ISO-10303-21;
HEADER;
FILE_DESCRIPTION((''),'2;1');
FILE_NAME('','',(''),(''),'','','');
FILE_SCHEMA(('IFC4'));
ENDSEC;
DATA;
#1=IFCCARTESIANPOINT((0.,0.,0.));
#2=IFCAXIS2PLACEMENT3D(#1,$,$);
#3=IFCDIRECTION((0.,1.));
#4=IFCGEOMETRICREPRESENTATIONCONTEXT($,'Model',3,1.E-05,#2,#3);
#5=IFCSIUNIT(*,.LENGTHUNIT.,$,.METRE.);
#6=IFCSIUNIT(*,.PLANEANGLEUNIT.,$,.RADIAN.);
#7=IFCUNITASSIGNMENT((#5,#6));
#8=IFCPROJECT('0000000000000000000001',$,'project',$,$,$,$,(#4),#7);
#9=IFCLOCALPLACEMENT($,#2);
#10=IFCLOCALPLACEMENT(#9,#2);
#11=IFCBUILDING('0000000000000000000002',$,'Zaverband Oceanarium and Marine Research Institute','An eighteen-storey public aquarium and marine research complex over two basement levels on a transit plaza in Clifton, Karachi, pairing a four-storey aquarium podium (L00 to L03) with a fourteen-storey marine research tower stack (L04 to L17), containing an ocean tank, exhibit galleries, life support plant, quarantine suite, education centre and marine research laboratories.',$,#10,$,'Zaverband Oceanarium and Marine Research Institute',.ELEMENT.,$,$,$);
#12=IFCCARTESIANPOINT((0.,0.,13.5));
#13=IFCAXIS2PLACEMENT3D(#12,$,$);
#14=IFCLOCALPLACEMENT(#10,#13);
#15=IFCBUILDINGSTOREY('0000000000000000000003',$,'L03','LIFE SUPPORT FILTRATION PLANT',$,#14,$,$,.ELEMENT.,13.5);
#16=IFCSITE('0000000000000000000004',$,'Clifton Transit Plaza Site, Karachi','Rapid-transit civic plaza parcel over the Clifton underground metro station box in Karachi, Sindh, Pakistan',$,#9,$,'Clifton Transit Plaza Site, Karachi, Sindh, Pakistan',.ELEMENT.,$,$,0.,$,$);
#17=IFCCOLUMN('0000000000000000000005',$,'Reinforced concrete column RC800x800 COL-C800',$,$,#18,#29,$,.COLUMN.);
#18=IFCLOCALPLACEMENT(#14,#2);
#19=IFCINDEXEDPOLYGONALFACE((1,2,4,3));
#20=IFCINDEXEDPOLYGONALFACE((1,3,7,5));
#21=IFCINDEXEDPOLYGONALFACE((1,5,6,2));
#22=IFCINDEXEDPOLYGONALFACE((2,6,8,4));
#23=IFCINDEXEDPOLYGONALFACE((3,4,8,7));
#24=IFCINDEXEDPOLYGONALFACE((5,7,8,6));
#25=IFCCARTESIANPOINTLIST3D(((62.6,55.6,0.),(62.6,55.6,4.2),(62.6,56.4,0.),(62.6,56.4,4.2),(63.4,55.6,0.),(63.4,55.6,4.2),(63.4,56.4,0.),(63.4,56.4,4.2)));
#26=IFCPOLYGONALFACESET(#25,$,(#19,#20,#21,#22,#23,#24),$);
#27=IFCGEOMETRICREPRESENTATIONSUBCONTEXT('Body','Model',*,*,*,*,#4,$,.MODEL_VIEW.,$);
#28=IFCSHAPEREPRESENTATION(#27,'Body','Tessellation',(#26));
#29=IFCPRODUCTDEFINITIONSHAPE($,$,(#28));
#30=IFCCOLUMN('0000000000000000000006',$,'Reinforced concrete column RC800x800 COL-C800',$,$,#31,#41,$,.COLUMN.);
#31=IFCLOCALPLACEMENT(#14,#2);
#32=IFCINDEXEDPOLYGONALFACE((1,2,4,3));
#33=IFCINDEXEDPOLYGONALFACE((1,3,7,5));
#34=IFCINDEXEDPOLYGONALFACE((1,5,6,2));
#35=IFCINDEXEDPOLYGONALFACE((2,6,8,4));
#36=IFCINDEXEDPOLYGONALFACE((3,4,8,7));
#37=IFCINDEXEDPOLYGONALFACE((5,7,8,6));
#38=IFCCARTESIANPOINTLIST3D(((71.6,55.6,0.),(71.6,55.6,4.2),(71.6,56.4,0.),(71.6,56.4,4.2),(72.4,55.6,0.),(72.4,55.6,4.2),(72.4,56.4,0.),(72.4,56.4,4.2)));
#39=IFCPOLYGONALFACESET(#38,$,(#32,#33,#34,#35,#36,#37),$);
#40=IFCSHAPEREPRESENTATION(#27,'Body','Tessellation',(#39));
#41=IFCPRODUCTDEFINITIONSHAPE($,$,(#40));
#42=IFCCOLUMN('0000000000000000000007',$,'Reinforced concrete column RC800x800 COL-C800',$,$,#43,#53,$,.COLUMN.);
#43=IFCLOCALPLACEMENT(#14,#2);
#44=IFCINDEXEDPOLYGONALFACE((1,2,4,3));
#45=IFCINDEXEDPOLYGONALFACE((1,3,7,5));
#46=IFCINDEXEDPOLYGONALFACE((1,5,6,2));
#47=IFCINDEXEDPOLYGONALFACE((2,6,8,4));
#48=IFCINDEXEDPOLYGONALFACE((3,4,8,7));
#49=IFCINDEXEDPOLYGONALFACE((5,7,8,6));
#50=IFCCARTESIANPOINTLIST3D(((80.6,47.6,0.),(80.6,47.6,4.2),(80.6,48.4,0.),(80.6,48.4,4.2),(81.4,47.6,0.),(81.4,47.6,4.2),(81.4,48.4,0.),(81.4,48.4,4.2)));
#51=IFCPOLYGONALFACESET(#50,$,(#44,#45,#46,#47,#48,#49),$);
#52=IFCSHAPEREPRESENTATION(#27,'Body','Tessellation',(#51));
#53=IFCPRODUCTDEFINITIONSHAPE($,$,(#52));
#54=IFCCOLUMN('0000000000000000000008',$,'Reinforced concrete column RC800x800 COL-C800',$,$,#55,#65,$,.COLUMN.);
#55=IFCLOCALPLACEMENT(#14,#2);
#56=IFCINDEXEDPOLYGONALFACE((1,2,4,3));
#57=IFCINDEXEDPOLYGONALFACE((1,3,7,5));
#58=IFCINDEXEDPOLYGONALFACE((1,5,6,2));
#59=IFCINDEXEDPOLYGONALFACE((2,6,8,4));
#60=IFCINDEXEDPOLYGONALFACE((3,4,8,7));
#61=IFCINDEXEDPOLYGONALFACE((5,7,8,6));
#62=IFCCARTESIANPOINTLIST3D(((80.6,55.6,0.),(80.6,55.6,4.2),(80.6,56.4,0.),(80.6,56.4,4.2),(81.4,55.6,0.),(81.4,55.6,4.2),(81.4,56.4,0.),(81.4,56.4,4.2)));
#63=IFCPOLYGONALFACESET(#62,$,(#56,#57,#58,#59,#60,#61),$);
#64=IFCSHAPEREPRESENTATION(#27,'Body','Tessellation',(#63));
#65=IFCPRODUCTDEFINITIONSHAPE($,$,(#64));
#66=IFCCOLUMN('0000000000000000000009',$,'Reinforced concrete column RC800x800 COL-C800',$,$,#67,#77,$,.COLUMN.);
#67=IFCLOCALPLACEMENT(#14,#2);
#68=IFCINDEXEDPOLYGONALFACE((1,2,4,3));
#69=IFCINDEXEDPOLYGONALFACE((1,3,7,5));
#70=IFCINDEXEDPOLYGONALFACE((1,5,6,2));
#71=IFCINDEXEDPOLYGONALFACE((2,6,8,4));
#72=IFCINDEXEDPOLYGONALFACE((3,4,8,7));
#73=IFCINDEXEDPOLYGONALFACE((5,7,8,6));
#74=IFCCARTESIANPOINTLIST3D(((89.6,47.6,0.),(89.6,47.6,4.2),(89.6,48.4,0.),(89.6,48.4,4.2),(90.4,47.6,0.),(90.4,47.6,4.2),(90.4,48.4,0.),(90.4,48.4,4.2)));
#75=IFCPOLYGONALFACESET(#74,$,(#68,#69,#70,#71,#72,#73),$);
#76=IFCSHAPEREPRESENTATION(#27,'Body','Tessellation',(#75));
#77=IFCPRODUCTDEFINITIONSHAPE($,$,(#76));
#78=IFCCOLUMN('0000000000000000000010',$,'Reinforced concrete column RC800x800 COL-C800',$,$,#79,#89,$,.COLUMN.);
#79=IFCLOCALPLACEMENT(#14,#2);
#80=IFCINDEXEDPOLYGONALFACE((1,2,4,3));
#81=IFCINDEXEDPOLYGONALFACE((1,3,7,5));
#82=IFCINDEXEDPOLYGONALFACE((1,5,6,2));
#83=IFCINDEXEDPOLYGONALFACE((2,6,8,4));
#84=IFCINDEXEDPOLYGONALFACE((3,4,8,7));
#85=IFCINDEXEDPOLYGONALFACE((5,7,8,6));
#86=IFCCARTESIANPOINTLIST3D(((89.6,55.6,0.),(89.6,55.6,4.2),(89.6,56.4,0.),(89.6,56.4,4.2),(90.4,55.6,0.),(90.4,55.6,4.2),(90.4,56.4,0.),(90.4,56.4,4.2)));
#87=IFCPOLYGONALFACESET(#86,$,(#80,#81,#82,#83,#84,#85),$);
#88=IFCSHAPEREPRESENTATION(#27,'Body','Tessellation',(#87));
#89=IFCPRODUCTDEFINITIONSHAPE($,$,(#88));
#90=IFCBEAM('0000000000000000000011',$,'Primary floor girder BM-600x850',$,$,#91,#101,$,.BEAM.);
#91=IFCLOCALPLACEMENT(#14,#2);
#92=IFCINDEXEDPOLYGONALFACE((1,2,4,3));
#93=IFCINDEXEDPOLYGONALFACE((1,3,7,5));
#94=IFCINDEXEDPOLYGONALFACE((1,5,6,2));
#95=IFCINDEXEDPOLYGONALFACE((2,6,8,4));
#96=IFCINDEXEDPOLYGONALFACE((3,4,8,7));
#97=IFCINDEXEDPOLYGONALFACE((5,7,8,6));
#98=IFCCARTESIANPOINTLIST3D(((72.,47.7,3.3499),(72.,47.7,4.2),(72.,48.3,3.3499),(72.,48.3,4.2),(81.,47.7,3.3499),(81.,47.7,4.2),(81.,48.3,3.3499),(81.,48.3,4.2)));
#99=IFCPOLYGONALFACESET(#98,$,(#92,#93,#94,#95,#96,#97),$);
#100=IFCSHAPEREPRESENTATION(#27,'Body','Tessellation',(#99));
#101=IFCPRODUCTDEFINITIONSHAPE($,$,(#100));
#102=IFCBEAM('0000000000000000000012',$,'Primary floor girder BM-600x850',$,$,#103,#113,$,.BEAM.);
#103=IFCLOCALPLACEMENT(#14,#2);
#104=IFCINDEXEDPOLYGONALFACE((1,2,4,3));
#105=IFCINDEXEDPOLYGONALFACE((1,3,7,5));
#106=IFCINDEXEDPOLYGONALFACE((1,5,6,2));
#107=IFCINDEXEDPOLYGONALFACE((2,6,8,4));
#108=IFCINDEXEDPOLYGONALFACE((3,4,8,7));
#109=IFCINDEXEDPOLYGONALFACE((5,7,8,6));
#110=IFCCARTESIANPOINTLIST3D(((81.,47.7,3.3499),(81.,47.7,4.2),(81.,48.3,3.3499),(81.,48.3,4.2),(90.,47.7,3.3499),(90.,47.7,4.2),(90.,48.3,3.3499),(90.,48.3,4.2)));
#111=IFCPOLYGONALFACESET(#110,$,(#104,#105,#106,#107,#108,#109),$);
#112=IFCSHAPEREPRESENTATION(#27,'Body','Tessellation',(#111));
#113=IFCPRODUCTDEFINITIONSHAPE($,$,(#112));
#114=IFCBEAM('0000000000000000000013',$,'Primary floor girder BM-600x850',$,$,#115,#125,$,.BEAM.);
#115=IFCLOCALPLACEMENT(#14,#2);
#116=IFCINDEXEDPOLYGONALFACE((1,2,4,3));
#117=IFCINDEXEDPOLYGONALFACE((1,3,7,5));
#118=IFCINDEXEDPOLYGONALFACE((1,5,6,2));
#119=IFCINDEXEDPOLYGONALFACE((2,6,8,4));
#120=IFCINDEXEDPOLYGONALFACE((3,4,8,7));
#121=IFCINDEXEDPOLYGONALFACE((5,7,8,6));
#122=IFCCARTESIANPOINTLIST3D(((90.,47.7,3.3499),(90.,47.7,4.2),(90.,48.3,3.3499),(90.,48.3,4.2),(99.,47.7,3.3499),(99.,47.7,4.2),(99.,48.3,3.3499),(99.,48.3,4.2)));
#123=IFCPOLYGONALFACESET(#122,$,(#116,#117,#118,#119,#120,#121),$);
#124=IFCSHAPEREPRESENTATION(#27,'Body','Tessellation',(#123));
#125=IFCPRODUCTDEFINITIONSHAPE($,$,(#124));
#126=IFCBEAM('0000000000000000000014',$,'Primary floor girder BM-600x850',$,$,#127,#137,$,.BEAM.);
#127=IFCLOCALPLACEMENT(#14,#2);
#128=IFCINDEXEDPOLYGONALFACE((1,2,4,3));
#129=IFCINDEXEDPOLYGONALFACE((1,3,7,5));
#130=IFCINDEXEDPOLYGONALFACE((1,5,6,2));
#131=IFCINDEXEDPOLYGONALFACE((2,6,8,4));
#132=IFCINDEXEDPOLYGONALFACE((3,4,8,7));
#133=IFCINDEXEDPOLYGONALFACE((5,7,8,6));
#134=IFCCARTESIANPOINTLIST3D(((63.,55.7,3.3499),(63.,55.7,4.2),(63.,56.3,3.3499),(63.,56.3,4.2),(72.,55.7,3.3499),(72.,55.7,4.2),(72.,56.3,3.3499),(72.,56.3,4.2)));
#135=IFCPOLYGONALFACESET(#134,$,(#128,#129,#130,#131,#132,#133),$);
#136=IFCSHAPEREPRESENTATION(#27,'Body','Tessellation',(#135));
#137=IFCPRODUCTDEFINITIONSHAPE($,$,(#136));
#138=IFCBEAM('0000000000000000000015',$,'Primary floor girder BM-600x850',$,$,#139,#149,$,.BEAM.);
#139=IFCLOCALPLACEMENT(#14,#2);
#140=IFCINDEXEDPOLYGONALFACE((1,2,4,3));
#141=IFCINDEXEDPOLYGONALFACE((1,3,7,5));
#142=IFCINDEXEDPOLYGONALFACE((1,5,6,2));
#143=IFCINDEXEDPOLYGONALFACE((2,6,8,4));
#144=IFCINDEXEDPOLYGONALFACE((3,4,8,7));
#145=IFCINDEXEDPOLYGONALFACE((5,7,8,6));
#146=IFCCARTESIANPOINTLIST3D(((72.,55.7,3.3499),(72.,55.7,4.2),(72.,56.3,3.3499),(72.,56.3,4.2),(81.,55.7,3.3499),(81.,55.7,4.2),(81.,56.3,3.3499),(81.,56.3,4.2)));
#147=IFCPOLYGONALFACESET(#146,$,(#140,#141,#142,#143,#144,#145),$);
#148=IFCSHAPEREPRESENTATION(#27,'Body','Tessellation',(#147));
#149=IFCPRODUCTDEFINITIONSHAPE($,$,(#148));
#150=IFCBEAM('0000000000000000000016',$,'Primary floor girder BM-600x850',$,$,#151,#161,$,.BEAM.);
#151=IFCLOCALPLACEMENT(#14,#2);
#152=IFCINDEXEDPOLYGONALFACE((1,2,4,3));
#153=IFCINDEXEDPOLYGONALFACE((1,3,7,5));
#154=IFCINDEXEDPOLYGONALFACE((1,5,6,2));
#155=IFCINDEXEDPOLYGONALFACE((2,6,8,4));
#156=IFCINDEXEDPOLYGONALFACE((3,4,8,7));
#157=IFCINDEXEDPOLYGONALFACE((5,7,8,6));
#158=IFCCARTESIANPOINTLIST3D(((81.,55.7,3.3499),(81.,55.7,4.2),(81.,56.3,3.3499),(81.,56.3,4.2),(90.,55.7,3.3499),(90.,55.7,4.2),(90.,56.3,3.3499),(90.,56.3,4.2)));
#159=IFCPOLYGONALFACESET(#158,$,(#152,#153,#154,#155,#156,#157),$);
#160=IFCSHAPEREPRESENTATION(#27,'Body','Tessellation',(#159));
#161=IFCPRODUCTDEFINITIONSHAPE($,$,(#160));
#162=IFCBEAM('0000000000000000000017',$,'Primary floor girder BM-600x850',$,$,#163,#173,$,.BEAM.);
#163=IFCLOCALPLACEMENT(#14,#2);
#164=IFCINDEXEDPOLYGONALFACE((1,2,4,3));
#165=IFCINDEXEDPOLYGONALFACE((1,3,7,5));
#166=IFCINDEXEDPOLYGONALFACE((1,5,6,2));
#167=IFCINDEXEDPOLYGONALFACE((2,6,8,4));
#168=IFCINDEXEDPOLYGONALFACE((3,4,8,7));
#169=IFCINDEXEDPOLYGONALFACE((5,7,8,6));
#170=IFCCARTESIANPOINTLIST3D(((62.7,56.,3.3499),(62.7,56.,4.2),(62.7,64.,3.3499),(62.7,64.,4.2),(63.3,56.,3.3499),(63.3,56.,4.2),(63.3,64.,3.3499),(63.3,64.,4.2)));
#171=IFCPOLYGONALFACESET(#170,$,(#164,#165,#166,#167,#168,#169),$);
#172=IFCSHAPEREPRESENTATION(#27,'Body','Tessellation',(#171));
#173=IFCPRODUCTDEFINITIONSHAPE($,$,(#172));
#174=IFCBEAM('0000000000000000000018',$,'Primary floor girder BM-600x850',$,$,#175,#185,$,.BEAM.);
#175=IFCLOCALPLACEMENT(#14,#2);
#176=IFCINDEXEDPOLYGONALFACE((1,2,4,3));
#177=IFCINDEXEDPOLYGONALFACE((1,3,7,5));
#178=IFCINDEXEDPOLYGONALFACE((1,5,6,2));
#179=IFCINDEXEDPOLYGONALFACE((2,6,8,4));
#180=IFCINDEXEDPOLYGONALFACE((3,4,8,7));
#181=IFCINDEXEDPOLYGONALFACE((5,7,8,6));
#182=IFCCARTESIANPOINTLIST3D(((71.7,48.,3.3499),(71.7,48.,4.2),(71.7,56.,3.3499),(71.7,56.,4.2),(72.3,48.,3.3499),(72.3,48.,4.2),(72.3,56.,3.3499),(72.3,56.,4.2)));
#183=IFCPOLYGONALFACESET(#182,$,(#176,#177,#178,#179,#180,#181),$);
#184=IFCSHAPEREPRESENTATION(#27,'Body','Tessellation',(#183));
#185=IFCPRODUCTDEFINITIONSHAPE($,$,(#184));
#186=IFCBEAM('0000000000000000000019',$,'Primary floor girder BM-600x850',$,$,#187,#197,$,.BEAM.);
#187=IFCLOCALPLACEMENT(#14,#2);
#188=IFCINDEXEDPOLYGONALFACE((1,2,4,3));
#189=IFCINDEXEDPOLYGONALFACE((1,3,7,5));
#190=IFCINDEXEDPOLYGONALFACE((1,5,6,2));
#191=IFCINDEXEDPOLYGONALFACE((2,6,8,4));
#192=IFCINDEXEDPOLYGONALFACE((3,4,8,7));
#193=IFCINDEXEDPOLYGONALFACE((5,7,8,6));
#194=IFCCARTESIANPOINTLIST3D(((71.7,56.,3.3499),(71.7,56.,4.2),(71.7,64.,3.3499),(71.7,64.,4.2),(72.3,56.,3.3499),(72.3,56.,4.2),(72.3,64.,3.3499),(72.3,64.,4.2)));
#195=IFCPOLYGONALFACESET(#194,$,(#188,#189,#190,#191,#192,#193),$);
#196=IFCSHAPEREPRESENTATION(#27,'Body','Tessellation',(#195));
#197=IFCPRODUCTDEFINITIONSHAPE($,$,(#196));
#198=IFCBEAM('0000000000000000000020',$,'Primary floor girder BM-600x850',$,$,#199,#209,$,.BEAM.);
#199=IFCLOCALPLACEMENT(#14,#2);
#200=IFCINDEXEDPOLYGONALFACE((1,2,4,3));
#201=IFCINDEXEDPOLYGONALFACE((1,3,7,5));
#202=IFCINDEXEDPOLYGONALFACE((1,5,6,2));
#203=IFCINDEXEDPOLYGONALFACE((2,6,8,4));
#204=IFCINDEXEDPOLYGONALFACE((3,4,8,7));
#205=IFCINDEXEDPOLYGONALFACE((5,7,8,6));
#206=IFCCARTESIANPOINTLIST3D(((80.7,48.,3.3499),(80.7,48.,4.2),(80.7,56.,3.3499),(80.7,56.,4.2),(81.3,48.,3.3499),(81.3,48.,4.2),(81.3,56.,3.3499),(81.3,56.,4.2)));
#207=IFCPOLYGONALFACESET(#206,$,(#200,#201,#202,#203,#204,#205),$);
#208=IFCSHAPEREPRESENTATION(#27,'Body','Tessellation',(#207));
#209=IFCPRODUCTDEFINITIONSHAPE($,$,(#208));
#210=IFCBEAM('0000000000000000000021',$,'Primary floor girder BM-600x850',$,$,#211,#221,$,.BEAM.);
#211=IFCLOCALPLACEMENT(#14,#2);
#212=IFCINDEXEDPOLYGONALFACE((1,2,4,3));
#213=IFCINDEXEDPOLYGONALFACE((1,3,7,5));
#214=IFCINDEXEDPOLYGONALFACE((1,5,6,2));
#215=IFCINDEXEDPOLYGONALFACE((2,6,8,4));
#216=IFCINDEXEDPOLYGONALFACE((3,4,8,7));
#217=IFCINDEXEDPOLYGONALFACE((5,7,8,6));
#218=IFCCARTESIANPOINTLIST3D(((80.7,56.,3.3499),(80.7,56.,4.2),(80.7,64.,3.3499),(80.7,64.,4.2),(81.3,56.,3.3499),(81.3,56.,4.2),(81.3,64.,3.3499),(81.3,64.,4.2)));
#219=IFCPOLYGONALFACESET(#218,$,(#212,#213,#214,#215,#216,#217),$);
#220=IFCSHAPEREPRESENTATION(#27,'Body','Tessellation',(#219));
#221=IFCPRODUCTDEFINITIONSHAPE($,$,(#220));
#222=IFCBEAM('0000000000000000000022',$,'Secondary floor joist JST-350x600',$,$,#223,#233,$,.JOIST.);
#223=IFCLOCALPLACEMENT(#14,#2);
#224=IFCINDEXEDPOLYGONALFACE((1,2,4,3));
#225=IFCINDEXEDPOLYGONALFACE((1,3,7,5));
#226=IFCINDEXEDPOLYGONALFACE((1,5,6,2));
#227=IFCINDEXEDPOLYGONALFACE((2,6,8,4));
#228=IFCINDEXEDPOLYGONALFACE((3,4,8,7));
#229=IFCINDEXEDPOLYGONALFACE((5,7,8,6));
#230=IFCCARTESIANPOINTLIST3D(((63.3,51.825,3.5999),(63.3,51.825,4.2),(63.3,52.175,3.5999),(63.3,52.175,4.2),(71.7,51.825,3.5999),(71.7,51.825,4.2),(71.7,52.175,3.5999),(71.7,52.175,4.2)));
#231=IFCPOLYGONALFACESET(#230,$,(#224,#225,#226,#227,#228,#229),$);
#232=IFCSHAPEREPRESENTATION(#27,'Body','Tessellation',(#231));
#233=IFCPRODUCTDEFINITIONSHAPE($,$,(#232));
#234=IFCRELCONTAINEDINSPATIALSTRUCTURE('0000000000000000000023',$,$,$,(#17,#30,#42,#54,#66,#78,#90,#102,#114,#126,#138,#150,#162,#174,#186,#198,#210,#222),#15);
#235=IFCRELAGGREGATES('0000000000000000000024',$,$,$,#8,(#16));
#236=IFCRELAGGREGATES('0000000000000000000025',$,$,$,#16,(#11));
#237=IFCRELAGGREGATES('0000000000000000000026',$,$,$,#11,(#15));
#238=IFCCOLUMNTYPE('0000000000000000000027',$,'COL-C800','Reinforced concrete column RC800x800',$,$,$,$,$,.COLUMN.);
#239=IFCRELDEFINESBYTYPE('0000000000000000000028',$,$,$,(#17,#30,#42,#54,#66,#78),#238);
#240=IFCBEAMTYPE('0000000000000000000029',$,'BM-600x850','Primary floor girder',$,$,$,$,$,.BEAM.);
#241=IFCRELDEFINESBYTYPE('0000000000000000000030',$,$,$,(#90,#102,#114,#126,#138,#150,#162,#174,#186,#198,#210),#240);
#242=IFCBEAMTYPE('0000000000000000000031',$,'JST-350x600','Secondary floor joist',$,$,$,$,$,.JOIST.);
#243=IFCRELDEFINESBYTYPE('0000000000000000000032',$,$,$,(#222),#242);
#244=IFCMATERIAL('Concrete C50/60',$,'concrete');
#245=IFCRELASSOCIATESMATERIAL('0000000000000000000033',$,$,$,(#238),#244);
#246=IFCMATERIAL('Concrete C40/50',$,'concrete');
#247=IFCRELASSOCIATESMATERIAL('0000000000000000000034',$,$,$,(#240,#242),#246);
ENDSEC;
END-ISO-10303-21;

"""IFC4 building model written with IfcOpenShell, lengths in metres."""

from ifc_helpers import new_model, si_unit, direction, frame, origin, origin_2d, place, context, subcontext, project, spatial, rectangle, extrude, material, material_profile, profile_set, type_object, element, save


model = new_model("IFC4")

# Units and contexts
model_context = context("Model", 3, precision=1e-05, world=origin(), true_north=direction((0.0, 1.0)))
body_context = subcontext(model_context, "Body", "Model", "MODEL_VIEW")
ifc_project = project(units=[si_unit("LENGTHUNIT", "METRE"), si_unit("PLANEANGLEUNIT", "RADIAN")], contexts=[model_context])

# Site, building, storey
site_placement = place(None, origin())
site = spatial("IfcSite", under=ifc_project, at=site_placement, Name="Clifton Transit Plaza Site, Karachi", Description="Rapid-transit civic plaza parcel over the Clifton underground metro station box in Karachi, Sindh, Pakistan", LongName="Clifton Transit Plaza Site, Karachi, Sindh, Pakistan", CompositionType="ELEMENT", RefElevation=0.0)
building_placement = place(site_placement, origin())
building = spatial("IfcBuilding", under=site, at=building_placement, Name="Zaverband Oceanarium and Marine Research Institute", Description="An eighteen-storey public aquarium and marine research complex over two basement levels on a transit plaza in Clifton, Karachi, pairing a four-storey aquarium podium (L00 to L03) with a fourteen-storey marine research tower stack (L04 to L17), containing an ocean tank, exhibit galleries, life support plant, quarantine suite, education centre and marine research laboratories.", LongName="Zaverband Oceanarium and Marine Research Institute", CompositionType="ELEMENT")
storey_placement = place(building_placement, frame((0.0, 0.0, 13.5)))
storey = spatial("IfcBuildingStorey", under=building, at=storey_placement, Name="L03", Description="LIFE SUPPORT FILTRATION PLANT", CompositionType="ELEMENT", Elevation=13.5)

# Columns
ifc_material_1 = material(Name="Concrete C50/60", Category="concrete")
ifc_material_profile_1 = material_profile(ifc_material_1, rectangle(XDim=0.8, YDim=0.8, at=origin_2d()), Name="RC800x800")
ifc_profile_set_1 = profile_set([ifc_material_profile_1], Name="Concrete C50/60")
column_type = type_object("IfcColumnType", Name="COL-C800", Description="Reinforced concrete column RC800x800", PredefinedType="COLUMN", material=ifc_profile_set_1)
for number, where, z_axis, x_axis, name in (
    (1, (63.0, 56.0, 0.0), (0.0, 0.0, 1.0), (1.0, 0.0, 0.0), "Reinforced concrete column RC800x800 COL-C800"),
    (2, (72.0, 56.0, 0.0), (0.0, 0.0, 1.0), (1.0, 0.0, 0.0), "Reinforced concrete column RC800x800 COL-C800"),
    (3, (81.0, 48.0, 0.0), (0.0, 0.0, 1.0), (1.0, 0.0, 0.0), "Reinforced concrete column RC800x800 COL-C800"),
    (4, (81.0, 56.0, 0.0), (0.0, 0.0, 1.0), (1.0, 0.0, 0.0), "Reinforced concrete column RC800x800 COL-C800"),
    (5, (90.0, 48.0, 0.0), (0.0, 0.0, 1.0), (1.0, 0.0, 0.0), "Reinforced concrete column RC800x800 COL-C800"),
    (6, (90.0, 56.0, 0.0), (0.0, 0.0, 1.0), (1.0, 0.0, 0.0), "Reinforced concrete column RC800x800 COL-C800"),
):
    element("IfcColumn", number, at=place(storey_placement, frame(where, z_axis=z_axis, x_axis=x_axis)), inside=storey, type_object=column_type, Name=name, PredefinedType="COLUMN", context=body_context, shape_type="SweptSolid", body=[
        extrude(rectangle(XDim=0.8, YDim=0.8, at=origin_2d()), origin(), (0.0, 0.0, 1.0), 4.2),
    ])

# Beams
ifc_material_2 = material(Name="Concrete C40/50", Category="concrete")
ifc_material_profile_2 = material_profile(ifc_material_2, rectangle(XDim=0.6001, YDim=0.8501, at=origin_2d()), Name="RC600x850")
ifc_profile_set_2 = profile_set([ifc_material_profile_2], Name="Concrete C40/50")
beam_type_1 = type_object("IfcBeamType", Name="BM-600x850", Description="Primary floor girder", PredefinedType="BEAM", material=ifc_profile_set_2)
for number, where, z_axis, x_axis, name in (
    (7, (72.0, 48.0, 3.7749), (1.0, 0.0, 0.0), (0.0, 1.0, 0.0), "Primary floor girder BM-600x850"),
    (8, (81.0, 48.0, 3.7749), (1.0, 0.0, 0.0), (0.0, 1.0, 0.0), "Primary floor girder BM-600x850"),
    (9, (90.0, 48.0, 3.7749), (1.0, 0.0, 0.0), (0.0, 1.0, 0.0), "Primary floor girder BM-600x850"),
    (10, (63.0, 56.0, 3.7749), (1.0, 0.0, 0.0), (0.0, 1.0, 0.0), "Primary floor girder BM-600x850"),
    (11, (72.0, 56.0, 3.7749), (1.0, 0.0, 0.0), (0.0, 1.0, 0.0), "Primary floor girder BM-600x850"),
    (12, (81.0, 56.0, 3.7749), (1.0, 0.0, 0.0), (0.0, 1.0, 0.0), "Primary floor girder BM-600x850"),
):
    element("IfcBeam", number, at=place(storey_placement, frame(where, z_axis=z_axis, x_axis=x_axis)), inside=storey, type_object=beam_type_1, Name=name, PredefinedType="BEAM", context=body_context, shape_type="SweptSolid", body=[
        extrude(rectangle(XDim=0.6001, YDim=0.8501, at=origin_2d()), origin(), (0.0, 0.0, 1.0), 9.0),
    ])
for number, where, z_axis, x_axis, name in (
    (13, (63.0, 56.0, 3.7749), (0.0, 1.0, 0.0), (-1.0, 0.0, 0.0), "Primary floor girder BM-600x850"),
    (14, (72.0, 48.0, 3.7749), (0.0, 1.0, 0.0), (-1.0, 0.0, 0.0), "Primary floor girder BM-600x850"),
    (15, (72.0, 56.0, 3.7749), (0.0, 1.0, 0.0), (-1.0, 0.0, 0.0), "Primary floor girder BM-600x850"),
    (16, (81.0, 48.0, 3.7749), (0.0, 1.0, 0.0), (-1.0, 0.0, 0.0), "Primary floor girder BM-600x850"),
    (17, (81.0, 56.0, 3.7749), (0.0, 1.0, 0.0), (-1.0, 0.0, 0.0), "Primary floor girder BM-600x850"),
):
    element("IfcBeam", number, at=place(storey_placement, frame(where, z_axis=z_axis, x_axis=x_axis)), inside=storey, type_object=beam_type_1, Name=name, PredefinedType="BEAM", context=body_context, shape_type="SweptSolid", body=[
        extrude(rectangle(XDim=0.6001, YDim=0.8501, at=origin_2d()), origin(), (0.0, 0.0, 1.0), 8.0),
    ])
ifc_material_profile_3 = material_profile(ifc_material_2, rectangle(XDim=0.3501, YDim=0.6001, at=origin_2d()), Name="RC350x600")
ifc_profile_set_3 = profile_set([ifc_material_profile_3], Name="Concrete C40/50")
beam_type_2 = type_object("IfcBeamType", Name="JST-350x600", Description="Secondary floor joist", PredefinedType="JOIST", material=ifc_profile_set_3)
for number, where, z_axis, x_axis, name in (
    (18, (63.3, 52.0, 3.8999), (1.0, 0.0, 0.0), (0.0, 1.0, 0.0), "Secondary floor joist JST-350x600"),
):
    element("IfcBeam", number, at=place(storey_placement, frame(where, z_axis=z_axis, x_axis=x_axis)), inside=storey, type_object=beam_type_2, Name=name, PredefinedType="JOIST", context=body_context, shape_type="SweptSolid", body=[
        extrude(rectangle(XDim=0.3501, YDim=0.6001, at=origin_2d()), origin(), (0.0, 0.0, 1.0), 8.3999),
    ])

save(model, "model.ifc")
